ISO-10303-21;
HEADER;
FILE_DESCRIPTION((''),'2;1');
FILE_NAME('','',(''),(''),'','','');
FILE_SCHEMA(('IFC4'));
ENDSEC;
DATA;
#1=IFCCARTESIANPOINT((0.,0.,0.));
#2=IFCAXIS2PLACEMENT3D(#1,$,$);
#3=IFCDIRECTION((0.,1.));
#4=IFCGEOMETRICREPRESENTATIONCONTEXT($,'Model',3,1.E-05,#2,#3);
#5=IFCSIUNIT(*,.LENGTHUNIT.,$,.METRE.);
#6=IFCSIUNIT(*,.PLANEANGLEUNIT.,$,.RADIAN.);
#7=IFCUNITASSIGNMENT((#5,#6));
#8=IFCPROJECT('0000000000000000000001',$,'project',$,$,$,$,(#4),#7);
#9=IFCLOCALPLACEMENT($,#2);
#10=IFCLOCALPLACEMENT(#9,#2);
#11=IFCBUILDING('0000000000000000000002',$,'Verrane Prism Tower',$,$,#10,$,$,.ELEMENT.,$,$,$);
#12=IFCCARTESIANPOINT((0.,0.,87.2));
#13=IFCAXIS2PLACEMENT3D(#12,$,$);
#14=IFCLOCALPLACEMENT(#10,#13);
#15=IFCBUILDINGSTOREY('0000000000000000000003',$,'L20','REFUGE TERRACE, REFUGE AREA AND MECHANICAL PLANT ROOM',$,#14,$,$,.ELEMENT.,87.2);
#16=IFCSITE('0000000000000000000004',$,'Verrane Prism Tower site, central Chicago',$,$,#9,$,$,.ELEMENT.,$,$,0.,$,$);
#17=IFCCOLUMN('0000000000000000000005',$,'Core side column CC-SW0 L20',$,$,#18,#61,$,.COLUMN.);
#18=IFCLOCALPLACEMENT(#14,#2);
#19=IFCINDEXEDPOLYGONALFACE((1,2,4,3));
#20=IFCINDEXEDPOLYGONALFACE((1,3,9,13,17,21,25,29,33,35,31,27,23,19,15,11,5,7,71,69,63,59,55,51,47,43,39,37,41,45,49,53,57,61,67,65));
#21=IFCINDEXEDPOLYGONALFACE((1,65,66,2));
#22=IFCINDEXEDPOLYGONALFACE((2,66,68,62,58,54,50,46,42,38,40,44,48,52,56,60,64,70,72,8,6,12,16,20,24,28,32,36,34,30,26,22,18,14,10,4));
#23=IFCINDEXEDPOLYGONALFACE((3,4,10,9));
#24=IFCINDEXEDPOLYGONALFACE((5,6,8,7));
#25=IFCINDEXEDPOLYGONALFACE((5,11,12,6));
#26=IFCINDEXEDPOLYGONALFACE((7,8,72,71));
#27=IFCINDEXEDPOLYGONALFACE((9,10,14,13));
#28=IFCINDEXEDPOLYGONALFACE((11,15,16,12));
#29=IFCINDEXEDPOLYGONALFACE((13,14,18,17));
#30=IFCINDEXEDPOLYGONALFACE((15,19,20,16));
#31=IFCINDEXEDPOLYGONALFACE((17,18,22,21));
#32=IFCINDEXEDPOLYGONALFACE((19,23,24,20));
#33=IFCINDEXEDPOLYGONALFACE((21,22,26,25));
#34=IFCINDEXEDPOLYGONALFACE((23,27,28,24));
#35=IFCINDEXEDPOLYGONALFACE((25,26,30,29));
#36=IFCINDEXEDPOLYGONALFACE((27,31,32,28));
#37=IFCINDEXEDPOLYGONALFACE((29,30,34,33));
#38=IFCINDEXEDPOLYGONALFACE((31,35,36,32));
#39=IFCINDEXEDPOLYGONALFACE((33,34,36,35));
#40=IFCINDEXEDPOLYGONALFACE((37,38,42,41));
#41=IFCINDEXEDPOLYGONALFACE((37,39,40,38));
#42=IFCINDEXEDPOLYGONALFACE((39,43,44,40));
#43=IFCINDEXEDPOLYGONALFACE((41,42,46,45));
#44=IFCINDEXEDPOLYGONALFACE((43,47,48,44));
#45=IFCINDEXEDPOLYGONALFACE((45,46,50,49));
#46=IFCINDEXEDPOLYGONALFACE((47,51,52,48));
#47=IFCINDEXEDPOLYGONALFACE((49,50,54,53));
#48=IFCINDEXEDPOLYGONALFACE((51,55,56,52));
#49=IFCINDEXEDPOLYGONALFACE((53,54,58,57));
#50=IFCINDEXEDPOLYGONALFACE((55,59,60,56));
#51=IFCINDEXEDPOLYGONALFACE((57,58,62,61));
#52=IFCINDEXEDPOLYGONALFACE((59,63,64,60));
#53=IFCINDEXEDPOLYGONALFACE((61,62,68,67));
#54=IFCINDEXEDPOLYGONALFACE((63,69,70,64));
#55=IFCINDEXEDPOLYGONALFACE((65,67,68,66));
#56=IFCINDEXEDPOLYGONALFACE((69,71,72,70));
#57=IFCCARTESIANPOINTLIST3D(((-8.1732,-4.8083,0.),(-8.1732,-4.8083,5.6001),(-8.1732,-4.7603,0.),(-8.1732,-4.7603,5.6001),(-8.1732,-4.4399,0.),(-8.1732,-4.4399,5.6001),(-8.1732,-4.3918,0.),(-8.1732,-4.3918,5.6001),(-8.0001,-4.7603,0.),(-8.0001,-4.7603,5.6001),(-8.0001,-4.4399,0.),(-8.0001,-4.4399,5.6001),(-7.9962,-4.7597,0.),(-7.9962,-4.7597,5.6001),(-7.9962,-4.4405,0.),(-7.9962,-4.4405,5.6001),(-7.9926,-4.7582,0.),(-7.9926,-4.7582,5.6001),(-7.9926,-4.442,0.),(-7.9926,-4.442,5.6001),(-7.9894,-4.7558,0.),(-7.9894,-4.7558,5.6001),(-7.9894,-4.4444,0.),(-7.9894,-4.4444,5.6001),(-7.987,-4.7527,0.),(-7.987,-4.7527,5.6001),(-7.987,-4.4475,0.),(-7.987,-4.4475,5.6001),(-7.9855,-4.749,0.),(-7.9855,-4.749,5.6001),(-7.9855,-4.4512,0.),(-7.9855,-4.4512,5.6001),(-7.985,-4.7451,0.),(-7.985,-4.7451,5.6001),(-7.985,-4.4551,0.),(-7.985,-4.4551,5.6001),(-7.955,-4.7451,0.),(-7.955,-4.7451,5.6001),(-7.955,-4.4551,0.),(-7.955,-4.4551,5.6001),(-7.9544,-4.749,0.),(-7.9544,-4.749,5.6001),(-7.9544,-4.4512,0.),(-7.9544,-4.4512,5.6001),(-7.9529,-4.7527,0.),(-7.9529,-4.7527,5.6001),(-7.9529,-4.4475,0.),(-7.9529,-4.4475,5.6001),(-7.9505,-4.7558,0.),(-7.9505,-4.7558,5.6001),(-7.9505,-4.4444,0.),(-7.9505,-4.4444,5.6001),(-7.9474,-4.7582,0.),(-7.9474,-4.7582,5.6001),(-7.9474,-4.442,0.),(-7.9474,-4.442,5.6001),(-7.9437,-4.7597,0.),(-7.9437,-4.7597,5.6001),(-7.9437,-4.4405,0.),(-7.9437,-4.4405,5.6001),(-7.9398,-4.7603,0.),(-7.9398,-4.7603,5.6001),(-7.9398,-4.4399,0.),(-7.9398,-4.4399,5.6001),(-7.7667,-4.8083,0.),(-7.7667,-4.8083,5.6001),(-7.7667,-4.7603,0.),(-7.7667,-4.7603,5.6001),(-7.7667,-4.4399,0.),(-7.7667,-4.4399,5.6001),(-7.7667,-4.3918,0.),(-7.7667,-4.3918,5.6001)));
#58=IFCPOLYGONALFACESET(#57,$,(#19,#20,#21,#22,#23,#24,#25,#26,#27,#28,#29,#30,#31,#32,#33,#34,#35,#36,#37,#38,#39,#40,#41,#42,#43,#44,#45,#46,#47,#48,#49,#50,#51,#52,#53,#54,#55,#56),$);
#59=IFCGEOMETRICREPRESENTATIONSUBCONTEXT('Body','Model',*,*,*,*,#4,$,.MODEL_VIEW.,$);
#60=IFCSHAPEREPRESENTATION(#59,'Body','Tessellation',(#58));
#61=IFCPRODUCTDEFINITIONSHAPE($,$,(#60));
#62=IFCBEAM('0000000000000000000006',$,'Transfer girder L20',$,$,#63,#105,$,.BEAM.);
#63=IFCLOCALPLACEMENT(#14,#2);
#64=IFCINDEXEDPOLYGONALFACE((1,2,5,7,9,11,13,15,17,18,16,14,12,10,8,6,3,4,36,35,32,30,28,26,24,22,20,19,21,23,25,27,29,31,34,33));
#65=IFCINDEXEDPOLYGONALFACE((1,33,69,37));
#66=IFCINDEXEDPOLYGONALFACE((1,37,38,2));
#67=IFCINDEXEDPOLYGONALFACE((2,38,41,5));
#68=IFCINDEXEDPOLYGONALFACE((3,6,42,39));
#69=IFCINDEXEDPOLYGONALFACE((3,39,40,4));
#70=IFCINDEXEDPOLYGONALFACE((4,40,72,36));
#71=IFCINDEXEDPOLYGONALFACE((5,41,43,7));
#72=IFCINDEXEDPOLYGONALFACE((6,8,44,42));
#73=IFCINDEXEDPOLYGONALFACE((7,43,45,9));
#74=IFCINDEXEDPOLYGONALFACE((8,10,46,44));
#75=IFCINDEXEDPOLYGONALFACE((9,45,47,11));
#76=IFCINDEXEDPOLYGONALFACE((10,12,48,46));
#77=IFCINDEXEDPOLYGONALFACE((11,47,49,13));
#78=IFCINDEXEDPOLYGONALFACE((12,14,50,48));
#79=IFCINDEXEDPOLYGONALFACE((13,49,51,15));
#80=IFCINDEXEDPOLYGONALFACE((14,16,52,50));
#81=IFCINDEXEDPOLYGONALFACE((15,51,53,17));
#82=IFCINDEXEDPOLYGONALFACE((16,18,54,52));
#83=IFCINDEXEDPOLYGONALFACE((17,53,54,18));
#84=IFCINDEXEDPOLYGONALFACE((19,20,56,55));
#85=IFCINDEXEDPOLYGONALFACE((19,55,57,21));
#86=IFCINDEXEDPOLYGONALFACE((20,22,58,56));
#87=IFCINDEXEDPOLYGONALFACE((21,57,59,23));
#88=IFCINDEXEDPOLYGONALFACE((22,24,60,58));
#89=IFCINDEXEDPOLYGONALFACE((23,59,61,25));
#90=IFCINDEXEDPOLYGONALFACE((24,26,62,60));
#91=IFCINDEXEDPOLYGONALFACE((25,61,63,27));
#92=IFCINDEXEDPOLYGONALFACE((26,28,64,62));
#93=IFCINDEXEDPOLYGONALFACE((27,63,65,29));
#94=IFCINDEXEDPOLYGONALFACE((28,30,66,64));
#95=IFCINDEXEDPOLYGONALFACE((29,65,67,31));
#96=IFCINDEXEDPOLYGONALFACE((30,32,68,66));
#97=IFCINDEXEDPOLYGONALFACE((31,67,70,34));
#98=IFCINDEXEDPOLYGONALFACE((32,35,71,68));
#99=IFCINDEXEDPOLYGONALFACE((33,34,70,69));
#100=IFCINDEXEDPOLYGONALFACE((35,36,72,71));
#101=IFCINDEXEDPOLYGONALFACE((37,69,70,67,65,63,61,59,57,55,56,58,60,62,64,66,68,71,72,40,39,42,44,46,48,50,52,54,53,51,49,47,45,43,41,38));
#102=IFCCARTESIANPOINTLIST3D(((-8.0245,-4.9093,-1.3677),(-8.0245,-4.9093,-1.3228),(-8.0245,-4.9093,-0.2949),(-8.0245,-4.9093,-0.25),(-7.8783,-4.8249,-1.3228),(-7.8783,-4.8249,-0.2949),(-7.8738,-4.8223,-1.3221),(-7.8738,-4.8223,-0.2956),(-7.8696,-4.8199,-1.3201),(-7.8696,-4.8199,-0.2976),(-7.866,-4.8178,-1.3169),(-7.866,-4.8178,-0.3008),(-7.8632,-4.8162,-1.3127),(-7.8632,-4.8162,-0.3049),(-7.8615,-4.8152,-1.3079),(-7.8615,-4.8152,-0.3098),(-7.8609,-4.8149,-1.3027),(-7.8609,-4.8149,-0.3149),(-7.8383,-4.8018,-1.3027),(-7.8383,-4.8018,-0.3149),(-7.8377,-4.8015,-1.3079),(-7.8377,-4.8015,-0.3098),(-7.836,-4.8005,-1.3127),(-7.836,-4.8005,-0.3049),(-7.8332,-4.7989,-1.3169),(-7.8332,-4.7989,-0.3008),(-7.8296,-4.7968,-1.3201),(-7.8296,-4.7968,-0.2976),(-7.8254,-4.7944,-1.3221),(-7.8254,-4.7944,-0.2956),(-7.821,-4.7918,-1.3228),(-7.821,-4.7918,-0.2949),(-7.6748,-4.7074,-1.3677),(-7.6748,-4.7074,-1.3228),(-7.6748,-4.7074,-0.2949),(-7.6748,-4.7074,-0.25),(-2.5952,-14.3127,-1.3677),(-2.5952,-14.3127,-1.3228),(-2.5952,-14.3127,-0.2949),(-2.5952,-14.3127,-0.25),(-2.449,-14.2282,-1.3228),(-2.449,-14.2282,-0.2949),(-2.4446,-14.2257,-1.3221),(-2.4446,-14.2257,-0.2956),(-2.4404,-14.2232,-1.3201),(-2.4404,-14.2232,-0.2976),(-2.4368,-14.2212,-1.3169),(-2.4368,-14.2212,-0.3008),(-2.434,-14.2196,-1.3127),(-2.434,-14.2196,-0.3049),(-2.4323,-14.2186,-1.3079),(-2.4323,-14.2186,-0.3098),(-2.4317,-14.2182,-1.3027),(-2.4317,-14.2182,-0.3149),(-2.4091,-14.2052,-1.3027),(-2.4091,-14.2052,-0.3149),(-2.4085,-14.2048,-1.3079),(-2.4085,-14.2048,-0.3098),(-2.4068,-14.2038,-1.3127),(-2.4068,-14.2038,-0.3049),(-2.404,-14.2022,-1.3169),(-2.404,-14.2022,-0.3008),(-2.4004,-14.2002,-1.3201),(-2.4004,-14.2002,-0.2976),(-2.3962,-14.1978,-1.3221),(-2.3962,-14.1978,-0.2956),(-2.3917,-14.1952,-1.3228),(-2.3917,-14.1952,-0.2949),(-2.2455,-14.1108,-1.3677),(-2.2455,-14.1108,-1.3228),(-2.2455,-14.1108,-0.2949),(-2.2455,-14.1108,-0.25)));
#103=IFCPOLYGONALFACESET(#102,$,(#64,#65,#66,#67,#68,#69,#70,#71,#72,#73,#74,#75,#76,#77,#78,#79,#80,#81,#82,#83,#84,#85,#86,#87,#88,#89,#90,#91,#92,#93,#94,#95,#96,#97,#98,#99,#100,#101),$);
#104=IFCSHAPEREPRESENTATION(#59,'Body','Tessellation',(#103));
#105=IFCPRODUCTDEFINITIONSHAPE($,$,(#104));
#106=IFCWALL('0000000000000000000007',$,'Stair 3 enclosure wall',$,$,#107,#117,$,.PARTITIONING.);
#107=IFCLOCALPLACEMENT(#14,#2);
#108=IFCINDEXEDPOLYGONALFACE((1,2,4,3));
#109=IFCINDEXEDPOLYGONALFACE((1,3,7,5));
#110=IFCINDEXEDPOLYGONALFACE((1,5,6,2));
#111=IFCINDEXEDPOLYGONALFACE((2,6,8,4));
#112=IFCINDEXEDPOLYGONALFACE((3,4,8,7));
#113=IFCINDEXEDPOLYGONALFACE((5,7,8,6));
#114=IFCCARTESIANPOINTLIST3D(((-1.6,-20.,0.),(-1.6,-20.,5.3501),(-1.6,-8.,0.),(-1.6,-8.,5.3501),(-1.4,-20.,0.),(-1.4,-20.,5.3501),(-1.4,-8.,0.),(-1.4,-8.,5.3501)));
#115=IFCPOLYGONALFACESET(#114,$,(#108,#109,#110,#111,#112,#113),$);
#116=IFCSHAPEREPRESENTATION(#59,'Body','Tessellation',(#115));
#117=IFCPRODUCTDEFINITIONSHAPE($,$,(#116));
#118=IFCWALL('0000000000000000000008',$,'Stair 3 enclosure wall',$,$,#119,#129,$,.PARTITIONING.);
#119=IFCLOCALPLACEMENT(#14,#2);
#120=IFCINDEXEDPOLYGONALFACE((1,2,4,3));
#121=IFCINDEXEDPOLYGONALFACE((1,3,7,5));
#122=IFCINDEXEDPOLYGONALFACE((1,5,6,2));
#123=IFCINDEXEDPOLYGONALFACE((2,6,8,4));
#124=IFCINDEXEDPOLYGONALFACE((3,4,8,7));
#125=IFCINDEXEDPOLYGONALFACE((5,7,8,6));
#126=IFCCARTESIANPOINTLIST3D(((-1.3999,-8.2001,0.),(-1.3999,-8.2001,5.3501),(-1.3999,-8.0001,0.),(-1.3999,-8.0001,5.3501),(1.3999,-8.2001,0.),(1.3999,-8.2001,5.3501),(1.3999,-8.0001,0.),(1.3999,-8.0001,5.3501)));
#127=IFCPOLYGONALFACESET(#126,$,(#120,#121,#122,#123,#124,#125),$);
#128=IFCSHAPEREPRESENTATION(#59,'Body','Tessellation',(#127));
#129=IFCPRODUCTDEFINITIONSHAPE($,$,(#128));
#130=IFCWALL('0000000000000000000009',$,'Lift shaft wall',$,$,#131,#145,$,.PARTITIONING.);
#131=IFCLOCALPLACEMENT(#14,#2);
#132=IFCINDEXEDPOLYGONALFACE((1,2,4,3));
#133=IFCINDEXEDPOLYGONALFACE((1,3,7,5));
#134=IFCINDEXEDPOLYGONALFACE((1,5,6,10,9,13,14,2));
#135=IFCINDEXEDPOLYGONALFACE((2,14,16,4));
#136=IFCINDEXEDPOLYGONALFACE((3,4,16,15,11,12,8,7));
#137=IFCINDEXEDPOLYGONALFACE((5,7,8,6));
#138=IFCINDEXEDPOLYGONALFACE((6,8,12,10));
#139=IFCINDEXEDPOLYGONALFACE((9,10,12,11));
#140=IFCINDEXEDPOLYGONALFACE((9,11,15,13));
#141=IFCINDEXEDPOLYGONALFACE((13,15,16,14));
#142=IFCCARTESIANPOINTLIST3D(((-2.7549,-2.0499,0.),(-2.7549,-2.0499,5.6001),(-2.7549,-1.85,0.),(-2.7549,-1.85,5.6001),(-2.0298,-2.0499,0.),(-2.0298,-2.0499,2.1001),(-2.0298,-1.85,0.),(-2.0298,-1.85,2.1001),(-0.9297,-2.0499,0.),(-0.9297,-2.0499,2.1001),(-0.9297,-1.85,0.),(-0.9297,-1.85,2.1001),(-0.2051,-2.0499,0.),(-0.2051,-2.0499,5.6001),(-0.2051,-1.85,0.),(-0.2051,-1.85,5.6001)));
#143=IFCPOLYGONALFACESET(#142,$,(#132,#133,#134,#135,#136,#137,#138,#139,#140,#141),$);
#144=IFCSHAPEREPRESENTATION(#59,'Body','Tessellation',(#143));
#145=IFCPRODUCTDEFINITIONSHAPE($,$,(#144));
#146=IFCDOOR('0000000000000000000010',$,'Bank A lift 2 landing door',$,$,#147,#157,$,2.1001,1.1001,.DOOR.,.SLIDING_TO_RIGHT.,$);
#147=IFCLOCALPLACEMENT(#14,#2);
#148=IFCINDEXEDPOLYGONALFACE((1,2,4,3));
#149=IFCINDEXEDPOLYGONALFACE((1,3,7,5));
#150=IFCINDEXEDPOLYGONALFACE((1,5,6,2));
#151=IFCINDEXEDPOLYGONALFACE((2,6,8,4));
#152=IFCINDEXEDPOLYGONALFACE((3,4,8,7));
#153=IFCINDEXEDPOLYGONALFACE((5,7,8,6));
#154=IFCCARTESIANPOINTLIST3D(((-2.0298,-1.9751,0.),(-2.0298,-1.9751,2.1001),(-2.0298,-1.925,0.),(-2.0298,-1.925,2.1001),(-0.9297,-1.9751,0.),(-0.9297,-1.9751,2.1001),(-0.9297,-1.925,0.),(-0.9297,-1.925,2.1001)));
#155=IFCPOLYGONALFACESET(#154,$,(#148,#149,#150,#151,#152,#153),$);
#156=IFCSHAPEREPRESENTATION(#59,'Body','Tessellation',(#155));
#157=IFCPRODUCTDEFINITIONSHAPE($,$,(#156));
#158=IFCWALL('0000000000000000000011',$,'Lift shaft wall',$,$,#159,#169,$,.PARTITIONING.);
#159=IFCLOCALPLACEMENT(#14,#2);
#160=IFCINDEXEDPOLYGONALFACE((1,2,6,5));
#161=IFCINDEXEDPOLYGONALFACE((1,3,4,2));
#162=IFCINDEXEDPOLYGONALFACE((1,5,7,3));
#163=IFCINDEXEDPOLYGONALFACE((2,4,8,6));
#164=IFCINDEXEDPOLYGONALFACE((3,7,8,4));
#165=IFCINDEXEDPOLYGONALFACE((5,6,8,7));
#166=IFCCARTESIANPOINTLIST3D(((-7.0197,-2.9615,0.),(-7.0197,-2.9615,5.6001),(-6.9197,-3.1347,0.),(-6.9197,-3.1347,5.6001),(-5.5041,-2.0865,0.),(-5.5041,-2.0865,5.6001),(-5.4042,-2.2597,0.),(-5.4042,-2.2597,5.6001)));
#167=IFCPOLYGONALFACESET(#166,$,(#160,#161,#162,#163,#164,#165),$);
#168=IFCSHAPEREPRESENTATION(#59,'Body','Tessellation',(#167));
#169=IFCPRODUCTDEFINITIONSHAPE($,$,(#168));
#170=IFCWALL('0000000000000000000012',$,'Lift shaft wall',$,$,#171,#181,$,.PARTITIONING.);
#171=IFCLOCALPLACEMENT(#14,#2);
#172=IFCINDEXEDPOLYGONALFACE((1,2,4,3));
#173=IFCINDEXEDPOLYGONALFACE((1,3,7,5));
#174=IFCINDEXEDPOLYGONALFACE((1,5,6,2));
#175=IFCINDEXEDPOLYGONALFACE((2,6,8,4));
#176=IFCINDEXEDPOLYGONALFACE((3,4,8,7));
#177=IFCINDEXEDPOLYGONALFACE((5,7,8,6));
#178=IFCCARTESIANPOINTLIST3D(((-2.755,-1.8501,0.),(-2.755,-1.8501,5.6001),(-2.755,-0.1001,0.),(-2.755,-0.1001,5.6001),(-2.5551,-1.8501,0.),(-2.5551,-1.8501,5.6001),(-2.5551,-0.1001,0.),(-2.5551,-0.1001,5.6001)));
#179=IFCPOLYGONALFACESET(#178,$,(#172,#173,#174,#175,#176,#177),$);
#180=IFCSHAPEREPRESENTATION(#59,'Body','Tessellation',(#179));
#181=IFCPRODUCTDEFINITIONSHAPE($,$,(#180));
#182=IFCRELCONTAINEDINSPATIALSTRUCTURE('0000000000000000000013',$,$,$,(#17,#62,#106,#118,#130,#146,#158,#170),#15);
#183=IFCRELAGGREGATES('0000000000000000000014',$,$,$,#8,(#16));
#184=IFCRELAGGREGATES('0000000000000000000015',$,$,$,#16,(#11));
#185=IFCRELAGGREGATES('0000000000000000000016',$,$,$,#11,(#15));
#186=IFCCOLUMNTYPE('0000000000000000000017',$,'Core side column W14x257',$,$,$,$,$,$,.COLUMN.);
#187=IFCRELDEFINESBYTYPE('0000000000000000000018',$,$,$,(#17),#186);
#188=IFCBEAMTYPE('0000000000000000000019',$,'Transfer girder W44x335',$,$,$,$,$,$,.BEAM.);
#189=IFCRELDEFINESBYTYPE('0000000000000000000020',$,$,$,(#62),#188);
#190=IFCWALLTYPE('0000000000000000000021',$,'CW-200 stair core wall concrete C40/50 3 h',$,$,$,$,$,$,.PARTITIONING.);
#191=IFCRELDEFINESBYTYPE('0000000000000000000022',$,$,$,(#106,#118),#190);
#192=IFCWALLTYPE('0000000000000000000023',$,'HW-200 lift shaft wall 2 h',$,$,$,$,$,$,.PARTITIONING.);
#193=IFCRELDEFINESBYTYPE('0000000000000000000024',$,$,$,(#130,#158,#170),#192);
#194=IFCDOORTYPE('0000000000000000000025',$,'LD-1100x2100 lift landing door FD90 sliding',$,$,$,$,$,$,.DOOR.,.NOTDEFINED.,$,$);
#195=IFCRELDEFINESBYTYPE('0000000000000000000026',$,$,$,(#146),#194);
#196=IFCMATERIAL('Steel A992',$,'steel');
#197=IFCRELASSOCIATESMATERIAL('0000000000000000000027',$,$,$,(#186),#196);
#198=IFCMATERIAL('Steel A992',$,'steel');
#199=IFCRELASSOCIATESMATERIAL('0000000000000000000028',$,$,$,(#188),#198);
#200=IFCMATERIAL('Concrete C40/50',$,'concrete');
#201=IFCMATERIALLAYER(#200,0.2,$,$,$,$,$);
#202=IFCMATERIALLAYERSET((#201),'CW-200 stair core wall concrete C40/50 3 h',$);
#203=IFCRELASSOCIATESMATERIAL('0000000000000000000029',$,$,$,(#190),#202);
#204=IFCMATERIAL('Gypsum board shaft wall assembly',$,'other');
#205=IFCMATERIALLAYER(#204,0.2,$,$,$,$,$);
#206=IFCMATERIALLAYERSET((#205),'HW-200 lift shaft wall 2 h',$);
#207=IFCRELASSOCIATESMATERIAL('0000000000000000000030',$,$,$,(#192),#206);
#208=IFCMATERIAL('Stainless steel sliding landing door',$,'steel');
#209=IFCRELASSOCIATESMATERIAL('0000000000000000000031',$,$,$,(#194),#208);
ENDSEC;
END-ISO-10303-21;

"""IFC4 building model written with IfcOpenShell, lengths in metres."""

from ifc_helpers import new_model, si_unit, direction, frame, frame_2d, origin, origin_2d, place, context, subcontext, project, spatial, rectangle, i_section, extrude, material, layer, layer_set, material_profile, profile_set, type_object, element, fill, save


model = new_model("IFC4")

# Units and contexts
model_context = context("Model", 3, precision=1e-05, world=origin(), true_north=direction((0.0, 1.0)))
body_context = subcontext(model_context, "Body", "Model", "MODEL_VIEW")
ifc_project = project(units=[si_unit("LENGTHUNIT", "METRE"), si_unit("PLANEANGLEUNIT", "RADIAN")], contexts=[model_context])

# Site, building, storey
site_placement = place(None, origin())
site = spatial("IfcSite", under=ifc_project, at=site_placement, Name="Verrane Prism Tower site, central Chicago", CompositionType="ELEMENT", RefElevation=0.0)
building_placement = place(site_placement, origin())
building = spatial("IfcBuilding", under=site, at=building_placement, Name="Verrane Prism Tower", CompositionType="ELEMENT")
storey_placement = place(building_placement, frame((0.0, 0.0, 87.2)))
storey = spatial("IfcBuildingStorey", under=building, at=storey_placement, Name="L20", Description="REFUGE TERRACE, REFUGE AREA AND MECHANICAL PLANT ROOM", CompositionType="ELEMENT", Elevation=87.2)

# Column
ifc_material_1 = material(Name="Steel A992", Category="steel")
ifc_material_profile_1 = material_profile(ifc_material_1, i_section(OverallWidth=0.4065, OverallDepth=0.4165, WebThickness=0.03, FlangeThickness=0.0481, FilletRadius=0.0151, at=origin_2d()), Name="W14x257")
ifc_profile_set_1 = profile_set([ifc_material_profile_1], Name="Steel A992")
column_type = type_object("IfcColumnType", Name="Core side column W14x257", PredefinedType="COLUMN", material=ifc_profile_set_1)
column_placement = place(storey_placement, frame((-7.97, -4.6001, 0.0), z_axis=(0.0, 0.0, 1.0), x_axis=(1.0, 0.0, 0.0)))
element("IfcColumn", 1, at=column_placement, inside=storey, type_object=column_type, Name="Core side column CC-SW0 L20", PredefinedType="COLUMN", context=body_context, shape_type="SweptSolid", body=[
    extrude(i_section(OverallWidth=0.4065, OverallDepth=0.4165, WebThickness=0.03, FlangeThickness=0.0481, FilletRadius=0.0151, at=origin_2d()), origin(), (0.0, 0.0, 1.0), 5.6001),
])

# Beam
ifc_material_2 = material(Name="Steel A992", Category="steel")
ifc_material_profile_2 = material_profile(ifc_material_2, i_section(OverallWidth=0.4038, OverallDepth=1.1177, WebThickness=0.0261, FlangeThickness=0.0449, FilletRadius=0.02, at=origin_2d()), Name="W44x335")
ifc_profile_set_2 = profile_set([ifc_material_profile_2], Name="Steel A992")
beam_type = type_object("IfcBeamType", Name="Transfer girder W44x335", PredefinedType="BEAM", material=ifc_profile_set_2)
beam_placement = place(storey_placement, frame((-7.8496, -4.8083, -0.8088), z_axis=(0.500013, -0.866018, 0.0), x_axis=(0.866018, 0.500013, 0.0)))
element("IfcBeam", 2, at=beam_placement, inside=storey, type_object=beam_type, Name="Transfer girder L20", PredefinedType="BEAM", context=body_context, shape_type="SweptSolid", body=[
    extrude(i_section(OverallWidth=0.4038, OverallDepth=1.1177, WebThickness=0.0261, FlangeThickness=0.0449, FilletRadius=0.02, at=origin_2d()), origin(), (0.0, 0.0, 1.0), 10.8582),
])

# Walls
ifc_material_3 = material(Name="Concrete C40/50", Category="concrete")
ifc_layer_1 = layer(ifc_material_3, 0.2)
ifc_layer_set_1 = layer_set([ifc_layer_1], Name="CW-200 stair core wall concrete C40/50 3 h")
wall_type_1 = type_object("IfcWallType", Name="CW-200 stair core wall concrete C40/50 3 h", PredefinedType="PARTITIONING", material=ifc_layer_set_1)
wall_1_placement = place(storey_placement, frame((-1.5, -8.0, 0.0), z_axis=(0.0, 0.0, 1.0), x_axis=(0.0, -1.0, 0.0)))
element("IfcWall", 3, at=wall_1_placement, inside=storey, type_object=wall_type_1, Name="Stair 3 enclosure wall", PredefinedType="PARTITIONING", context=body_context, shape_type="SweptSolid", body=[
    extrude(rectangle(XDim=12.0, YDim=0.2, at=frame_2d((6.0, 0.0))), origin(), (0.0, 0.0, 1.0), 5.3501),
])
wall_2_placement = place(storey_placement, frame((-1.3999, -8.1001, 0.0), z_axis=(0.0, 0.0, 1.0), x_axis=(1.0, 0.0, 0.0)))
element("IfcWall", 4, at=wall_2_placement, inside=storey, type_object=wall_type_1, Name="Stair 3 enclosure wall", PredefinedType="PARTITIONING", context=body_context, shape_type="SweptSolid", body=[
    extrude(rectangle(XDim=2.7998, YDim=0.2, at=frame_2d((1.3999, 0.0))), origin(), (0.0, 0.0, 1.0), 5.3501),
])

# Wall, opening, door
ifc_material_4 = material(Name="Gypsum board shaft wall assembly", Category="other")
ifc_layer_2 = layer(ifc_material_4, 0.2)
ifc_layer_set_2 = layer_set([ifc_layer_2], Name="HW-200 lift shaft wall 2 h")
wall_type_2 = type_object("IfcWallType", Name="HW-200 lift shaft wall 2 h", PredefinedType="PARTITIONING", material=ifc_layer_set_2)
wall_3_placement = place(storey_placement, frame((-2.7549, -1.95, 0.0), z_axis=(0.0, 0.0, 1.0), x_axis=(1.0, 0.0, 0.0)))
wall_3 = element("IfcWall", 5, at=wall_3_placement, inside=storey, type_object=wall_type_2, Name="Lift shaft wall", PredefinedType="PARTITIONING", context=body_context, shape_type="SweptSolid", body=[
    extrude(rectangle(XDim=2.5498, YDim=0.2, at=frame_2d((1.2749, 0.0))), origin(), (0.0, 0.0, 1.0), 5.6001),
])
opening_1_placement = place(wall_3_placement, frame((0.7251, 0.0, 0.0)))
opening_1 = element("IfcOpeningElement", 6, at=opening_1_placement, cuts=wall_3, PredefinedType="OPENING", context=body_context, shape_type="SweptSolid", body=[
    extrude(rectangle(XDim=1.1001, YDim=2.1001, at=frame_2d((0.55, 1.05))), frame((0.0, 0.1099, 0.0), z_axis=(0.0, -1.0, 0.0), x_axis=(1.0, 0.0, 0.0)), (0.0, 0.0, 1.0), 0.22),
])
ifc_material_5 = material(Name="Stainless steel sliding landing door", Category="steel")
door_type_1 = type_object("IfcDoorType", Name="LD-1100x2100 lift landing door FD90 sliding", OperationType="NOTDEFINED", PredefinedType="DOOR", material=ifc_material_5)
door_1_placement = place(opening_1_placement, origin())
door_1 = element("IfcDoor", 7, at=door_1_placement, inside=storey, type_object=door_type_1, Name="Bank A lift 2 landing door", OperationType="SLIDING_TO_RIGHT", OverallHeight=2.1001, OverallWidth=1.1001, PredefinedType="DOOR", context=body_context, shape_type="SweptSolid", body=[
    extrude(rectangle(XDim=1.1001, YDim=2.1001, at=frame_2d((0.55, 1.05))), frame((0.0, 0.0249, 0.0), z_axis=(0.0, -1.0, 0.0), x_axis=(1.0, 0.0, 0.0)), (0.0, 0.0, 1.0), 0.05),
])
fill(opening_1, door_1)

# Walls
for number, where, z_axis, x_axis, name in (
    (8, (-6.9697, -3.0481, 0.0), (0.0, 0.0, 1.0), (0.866037, 0.49998, 0.0), "Lift shaft wall"),
    (9, (-2.655, -1.8501, 0.0), (0.0, 0.0, 1.0), (0.0, 1.0, 0.0), "Lift shaft wall"),
):
    element("IfcWall", number, at=place(storey_placement, frame(where, z_axis=z_axis, x_axis=x_axis)), inside=storey, type_object=wall_type_2, Name=name, PredefinedType="PARTITIONING", context=body_context, shape_type="SweptSolid", body=[
        extrude(rectangle(XDim=1.75, YDim=0.2, at=frame_2d((0.875, 0.0))), origin(), (0.0, 0.0, 1.0), 5.6001),
    ])

save(model, "model.ifc")
